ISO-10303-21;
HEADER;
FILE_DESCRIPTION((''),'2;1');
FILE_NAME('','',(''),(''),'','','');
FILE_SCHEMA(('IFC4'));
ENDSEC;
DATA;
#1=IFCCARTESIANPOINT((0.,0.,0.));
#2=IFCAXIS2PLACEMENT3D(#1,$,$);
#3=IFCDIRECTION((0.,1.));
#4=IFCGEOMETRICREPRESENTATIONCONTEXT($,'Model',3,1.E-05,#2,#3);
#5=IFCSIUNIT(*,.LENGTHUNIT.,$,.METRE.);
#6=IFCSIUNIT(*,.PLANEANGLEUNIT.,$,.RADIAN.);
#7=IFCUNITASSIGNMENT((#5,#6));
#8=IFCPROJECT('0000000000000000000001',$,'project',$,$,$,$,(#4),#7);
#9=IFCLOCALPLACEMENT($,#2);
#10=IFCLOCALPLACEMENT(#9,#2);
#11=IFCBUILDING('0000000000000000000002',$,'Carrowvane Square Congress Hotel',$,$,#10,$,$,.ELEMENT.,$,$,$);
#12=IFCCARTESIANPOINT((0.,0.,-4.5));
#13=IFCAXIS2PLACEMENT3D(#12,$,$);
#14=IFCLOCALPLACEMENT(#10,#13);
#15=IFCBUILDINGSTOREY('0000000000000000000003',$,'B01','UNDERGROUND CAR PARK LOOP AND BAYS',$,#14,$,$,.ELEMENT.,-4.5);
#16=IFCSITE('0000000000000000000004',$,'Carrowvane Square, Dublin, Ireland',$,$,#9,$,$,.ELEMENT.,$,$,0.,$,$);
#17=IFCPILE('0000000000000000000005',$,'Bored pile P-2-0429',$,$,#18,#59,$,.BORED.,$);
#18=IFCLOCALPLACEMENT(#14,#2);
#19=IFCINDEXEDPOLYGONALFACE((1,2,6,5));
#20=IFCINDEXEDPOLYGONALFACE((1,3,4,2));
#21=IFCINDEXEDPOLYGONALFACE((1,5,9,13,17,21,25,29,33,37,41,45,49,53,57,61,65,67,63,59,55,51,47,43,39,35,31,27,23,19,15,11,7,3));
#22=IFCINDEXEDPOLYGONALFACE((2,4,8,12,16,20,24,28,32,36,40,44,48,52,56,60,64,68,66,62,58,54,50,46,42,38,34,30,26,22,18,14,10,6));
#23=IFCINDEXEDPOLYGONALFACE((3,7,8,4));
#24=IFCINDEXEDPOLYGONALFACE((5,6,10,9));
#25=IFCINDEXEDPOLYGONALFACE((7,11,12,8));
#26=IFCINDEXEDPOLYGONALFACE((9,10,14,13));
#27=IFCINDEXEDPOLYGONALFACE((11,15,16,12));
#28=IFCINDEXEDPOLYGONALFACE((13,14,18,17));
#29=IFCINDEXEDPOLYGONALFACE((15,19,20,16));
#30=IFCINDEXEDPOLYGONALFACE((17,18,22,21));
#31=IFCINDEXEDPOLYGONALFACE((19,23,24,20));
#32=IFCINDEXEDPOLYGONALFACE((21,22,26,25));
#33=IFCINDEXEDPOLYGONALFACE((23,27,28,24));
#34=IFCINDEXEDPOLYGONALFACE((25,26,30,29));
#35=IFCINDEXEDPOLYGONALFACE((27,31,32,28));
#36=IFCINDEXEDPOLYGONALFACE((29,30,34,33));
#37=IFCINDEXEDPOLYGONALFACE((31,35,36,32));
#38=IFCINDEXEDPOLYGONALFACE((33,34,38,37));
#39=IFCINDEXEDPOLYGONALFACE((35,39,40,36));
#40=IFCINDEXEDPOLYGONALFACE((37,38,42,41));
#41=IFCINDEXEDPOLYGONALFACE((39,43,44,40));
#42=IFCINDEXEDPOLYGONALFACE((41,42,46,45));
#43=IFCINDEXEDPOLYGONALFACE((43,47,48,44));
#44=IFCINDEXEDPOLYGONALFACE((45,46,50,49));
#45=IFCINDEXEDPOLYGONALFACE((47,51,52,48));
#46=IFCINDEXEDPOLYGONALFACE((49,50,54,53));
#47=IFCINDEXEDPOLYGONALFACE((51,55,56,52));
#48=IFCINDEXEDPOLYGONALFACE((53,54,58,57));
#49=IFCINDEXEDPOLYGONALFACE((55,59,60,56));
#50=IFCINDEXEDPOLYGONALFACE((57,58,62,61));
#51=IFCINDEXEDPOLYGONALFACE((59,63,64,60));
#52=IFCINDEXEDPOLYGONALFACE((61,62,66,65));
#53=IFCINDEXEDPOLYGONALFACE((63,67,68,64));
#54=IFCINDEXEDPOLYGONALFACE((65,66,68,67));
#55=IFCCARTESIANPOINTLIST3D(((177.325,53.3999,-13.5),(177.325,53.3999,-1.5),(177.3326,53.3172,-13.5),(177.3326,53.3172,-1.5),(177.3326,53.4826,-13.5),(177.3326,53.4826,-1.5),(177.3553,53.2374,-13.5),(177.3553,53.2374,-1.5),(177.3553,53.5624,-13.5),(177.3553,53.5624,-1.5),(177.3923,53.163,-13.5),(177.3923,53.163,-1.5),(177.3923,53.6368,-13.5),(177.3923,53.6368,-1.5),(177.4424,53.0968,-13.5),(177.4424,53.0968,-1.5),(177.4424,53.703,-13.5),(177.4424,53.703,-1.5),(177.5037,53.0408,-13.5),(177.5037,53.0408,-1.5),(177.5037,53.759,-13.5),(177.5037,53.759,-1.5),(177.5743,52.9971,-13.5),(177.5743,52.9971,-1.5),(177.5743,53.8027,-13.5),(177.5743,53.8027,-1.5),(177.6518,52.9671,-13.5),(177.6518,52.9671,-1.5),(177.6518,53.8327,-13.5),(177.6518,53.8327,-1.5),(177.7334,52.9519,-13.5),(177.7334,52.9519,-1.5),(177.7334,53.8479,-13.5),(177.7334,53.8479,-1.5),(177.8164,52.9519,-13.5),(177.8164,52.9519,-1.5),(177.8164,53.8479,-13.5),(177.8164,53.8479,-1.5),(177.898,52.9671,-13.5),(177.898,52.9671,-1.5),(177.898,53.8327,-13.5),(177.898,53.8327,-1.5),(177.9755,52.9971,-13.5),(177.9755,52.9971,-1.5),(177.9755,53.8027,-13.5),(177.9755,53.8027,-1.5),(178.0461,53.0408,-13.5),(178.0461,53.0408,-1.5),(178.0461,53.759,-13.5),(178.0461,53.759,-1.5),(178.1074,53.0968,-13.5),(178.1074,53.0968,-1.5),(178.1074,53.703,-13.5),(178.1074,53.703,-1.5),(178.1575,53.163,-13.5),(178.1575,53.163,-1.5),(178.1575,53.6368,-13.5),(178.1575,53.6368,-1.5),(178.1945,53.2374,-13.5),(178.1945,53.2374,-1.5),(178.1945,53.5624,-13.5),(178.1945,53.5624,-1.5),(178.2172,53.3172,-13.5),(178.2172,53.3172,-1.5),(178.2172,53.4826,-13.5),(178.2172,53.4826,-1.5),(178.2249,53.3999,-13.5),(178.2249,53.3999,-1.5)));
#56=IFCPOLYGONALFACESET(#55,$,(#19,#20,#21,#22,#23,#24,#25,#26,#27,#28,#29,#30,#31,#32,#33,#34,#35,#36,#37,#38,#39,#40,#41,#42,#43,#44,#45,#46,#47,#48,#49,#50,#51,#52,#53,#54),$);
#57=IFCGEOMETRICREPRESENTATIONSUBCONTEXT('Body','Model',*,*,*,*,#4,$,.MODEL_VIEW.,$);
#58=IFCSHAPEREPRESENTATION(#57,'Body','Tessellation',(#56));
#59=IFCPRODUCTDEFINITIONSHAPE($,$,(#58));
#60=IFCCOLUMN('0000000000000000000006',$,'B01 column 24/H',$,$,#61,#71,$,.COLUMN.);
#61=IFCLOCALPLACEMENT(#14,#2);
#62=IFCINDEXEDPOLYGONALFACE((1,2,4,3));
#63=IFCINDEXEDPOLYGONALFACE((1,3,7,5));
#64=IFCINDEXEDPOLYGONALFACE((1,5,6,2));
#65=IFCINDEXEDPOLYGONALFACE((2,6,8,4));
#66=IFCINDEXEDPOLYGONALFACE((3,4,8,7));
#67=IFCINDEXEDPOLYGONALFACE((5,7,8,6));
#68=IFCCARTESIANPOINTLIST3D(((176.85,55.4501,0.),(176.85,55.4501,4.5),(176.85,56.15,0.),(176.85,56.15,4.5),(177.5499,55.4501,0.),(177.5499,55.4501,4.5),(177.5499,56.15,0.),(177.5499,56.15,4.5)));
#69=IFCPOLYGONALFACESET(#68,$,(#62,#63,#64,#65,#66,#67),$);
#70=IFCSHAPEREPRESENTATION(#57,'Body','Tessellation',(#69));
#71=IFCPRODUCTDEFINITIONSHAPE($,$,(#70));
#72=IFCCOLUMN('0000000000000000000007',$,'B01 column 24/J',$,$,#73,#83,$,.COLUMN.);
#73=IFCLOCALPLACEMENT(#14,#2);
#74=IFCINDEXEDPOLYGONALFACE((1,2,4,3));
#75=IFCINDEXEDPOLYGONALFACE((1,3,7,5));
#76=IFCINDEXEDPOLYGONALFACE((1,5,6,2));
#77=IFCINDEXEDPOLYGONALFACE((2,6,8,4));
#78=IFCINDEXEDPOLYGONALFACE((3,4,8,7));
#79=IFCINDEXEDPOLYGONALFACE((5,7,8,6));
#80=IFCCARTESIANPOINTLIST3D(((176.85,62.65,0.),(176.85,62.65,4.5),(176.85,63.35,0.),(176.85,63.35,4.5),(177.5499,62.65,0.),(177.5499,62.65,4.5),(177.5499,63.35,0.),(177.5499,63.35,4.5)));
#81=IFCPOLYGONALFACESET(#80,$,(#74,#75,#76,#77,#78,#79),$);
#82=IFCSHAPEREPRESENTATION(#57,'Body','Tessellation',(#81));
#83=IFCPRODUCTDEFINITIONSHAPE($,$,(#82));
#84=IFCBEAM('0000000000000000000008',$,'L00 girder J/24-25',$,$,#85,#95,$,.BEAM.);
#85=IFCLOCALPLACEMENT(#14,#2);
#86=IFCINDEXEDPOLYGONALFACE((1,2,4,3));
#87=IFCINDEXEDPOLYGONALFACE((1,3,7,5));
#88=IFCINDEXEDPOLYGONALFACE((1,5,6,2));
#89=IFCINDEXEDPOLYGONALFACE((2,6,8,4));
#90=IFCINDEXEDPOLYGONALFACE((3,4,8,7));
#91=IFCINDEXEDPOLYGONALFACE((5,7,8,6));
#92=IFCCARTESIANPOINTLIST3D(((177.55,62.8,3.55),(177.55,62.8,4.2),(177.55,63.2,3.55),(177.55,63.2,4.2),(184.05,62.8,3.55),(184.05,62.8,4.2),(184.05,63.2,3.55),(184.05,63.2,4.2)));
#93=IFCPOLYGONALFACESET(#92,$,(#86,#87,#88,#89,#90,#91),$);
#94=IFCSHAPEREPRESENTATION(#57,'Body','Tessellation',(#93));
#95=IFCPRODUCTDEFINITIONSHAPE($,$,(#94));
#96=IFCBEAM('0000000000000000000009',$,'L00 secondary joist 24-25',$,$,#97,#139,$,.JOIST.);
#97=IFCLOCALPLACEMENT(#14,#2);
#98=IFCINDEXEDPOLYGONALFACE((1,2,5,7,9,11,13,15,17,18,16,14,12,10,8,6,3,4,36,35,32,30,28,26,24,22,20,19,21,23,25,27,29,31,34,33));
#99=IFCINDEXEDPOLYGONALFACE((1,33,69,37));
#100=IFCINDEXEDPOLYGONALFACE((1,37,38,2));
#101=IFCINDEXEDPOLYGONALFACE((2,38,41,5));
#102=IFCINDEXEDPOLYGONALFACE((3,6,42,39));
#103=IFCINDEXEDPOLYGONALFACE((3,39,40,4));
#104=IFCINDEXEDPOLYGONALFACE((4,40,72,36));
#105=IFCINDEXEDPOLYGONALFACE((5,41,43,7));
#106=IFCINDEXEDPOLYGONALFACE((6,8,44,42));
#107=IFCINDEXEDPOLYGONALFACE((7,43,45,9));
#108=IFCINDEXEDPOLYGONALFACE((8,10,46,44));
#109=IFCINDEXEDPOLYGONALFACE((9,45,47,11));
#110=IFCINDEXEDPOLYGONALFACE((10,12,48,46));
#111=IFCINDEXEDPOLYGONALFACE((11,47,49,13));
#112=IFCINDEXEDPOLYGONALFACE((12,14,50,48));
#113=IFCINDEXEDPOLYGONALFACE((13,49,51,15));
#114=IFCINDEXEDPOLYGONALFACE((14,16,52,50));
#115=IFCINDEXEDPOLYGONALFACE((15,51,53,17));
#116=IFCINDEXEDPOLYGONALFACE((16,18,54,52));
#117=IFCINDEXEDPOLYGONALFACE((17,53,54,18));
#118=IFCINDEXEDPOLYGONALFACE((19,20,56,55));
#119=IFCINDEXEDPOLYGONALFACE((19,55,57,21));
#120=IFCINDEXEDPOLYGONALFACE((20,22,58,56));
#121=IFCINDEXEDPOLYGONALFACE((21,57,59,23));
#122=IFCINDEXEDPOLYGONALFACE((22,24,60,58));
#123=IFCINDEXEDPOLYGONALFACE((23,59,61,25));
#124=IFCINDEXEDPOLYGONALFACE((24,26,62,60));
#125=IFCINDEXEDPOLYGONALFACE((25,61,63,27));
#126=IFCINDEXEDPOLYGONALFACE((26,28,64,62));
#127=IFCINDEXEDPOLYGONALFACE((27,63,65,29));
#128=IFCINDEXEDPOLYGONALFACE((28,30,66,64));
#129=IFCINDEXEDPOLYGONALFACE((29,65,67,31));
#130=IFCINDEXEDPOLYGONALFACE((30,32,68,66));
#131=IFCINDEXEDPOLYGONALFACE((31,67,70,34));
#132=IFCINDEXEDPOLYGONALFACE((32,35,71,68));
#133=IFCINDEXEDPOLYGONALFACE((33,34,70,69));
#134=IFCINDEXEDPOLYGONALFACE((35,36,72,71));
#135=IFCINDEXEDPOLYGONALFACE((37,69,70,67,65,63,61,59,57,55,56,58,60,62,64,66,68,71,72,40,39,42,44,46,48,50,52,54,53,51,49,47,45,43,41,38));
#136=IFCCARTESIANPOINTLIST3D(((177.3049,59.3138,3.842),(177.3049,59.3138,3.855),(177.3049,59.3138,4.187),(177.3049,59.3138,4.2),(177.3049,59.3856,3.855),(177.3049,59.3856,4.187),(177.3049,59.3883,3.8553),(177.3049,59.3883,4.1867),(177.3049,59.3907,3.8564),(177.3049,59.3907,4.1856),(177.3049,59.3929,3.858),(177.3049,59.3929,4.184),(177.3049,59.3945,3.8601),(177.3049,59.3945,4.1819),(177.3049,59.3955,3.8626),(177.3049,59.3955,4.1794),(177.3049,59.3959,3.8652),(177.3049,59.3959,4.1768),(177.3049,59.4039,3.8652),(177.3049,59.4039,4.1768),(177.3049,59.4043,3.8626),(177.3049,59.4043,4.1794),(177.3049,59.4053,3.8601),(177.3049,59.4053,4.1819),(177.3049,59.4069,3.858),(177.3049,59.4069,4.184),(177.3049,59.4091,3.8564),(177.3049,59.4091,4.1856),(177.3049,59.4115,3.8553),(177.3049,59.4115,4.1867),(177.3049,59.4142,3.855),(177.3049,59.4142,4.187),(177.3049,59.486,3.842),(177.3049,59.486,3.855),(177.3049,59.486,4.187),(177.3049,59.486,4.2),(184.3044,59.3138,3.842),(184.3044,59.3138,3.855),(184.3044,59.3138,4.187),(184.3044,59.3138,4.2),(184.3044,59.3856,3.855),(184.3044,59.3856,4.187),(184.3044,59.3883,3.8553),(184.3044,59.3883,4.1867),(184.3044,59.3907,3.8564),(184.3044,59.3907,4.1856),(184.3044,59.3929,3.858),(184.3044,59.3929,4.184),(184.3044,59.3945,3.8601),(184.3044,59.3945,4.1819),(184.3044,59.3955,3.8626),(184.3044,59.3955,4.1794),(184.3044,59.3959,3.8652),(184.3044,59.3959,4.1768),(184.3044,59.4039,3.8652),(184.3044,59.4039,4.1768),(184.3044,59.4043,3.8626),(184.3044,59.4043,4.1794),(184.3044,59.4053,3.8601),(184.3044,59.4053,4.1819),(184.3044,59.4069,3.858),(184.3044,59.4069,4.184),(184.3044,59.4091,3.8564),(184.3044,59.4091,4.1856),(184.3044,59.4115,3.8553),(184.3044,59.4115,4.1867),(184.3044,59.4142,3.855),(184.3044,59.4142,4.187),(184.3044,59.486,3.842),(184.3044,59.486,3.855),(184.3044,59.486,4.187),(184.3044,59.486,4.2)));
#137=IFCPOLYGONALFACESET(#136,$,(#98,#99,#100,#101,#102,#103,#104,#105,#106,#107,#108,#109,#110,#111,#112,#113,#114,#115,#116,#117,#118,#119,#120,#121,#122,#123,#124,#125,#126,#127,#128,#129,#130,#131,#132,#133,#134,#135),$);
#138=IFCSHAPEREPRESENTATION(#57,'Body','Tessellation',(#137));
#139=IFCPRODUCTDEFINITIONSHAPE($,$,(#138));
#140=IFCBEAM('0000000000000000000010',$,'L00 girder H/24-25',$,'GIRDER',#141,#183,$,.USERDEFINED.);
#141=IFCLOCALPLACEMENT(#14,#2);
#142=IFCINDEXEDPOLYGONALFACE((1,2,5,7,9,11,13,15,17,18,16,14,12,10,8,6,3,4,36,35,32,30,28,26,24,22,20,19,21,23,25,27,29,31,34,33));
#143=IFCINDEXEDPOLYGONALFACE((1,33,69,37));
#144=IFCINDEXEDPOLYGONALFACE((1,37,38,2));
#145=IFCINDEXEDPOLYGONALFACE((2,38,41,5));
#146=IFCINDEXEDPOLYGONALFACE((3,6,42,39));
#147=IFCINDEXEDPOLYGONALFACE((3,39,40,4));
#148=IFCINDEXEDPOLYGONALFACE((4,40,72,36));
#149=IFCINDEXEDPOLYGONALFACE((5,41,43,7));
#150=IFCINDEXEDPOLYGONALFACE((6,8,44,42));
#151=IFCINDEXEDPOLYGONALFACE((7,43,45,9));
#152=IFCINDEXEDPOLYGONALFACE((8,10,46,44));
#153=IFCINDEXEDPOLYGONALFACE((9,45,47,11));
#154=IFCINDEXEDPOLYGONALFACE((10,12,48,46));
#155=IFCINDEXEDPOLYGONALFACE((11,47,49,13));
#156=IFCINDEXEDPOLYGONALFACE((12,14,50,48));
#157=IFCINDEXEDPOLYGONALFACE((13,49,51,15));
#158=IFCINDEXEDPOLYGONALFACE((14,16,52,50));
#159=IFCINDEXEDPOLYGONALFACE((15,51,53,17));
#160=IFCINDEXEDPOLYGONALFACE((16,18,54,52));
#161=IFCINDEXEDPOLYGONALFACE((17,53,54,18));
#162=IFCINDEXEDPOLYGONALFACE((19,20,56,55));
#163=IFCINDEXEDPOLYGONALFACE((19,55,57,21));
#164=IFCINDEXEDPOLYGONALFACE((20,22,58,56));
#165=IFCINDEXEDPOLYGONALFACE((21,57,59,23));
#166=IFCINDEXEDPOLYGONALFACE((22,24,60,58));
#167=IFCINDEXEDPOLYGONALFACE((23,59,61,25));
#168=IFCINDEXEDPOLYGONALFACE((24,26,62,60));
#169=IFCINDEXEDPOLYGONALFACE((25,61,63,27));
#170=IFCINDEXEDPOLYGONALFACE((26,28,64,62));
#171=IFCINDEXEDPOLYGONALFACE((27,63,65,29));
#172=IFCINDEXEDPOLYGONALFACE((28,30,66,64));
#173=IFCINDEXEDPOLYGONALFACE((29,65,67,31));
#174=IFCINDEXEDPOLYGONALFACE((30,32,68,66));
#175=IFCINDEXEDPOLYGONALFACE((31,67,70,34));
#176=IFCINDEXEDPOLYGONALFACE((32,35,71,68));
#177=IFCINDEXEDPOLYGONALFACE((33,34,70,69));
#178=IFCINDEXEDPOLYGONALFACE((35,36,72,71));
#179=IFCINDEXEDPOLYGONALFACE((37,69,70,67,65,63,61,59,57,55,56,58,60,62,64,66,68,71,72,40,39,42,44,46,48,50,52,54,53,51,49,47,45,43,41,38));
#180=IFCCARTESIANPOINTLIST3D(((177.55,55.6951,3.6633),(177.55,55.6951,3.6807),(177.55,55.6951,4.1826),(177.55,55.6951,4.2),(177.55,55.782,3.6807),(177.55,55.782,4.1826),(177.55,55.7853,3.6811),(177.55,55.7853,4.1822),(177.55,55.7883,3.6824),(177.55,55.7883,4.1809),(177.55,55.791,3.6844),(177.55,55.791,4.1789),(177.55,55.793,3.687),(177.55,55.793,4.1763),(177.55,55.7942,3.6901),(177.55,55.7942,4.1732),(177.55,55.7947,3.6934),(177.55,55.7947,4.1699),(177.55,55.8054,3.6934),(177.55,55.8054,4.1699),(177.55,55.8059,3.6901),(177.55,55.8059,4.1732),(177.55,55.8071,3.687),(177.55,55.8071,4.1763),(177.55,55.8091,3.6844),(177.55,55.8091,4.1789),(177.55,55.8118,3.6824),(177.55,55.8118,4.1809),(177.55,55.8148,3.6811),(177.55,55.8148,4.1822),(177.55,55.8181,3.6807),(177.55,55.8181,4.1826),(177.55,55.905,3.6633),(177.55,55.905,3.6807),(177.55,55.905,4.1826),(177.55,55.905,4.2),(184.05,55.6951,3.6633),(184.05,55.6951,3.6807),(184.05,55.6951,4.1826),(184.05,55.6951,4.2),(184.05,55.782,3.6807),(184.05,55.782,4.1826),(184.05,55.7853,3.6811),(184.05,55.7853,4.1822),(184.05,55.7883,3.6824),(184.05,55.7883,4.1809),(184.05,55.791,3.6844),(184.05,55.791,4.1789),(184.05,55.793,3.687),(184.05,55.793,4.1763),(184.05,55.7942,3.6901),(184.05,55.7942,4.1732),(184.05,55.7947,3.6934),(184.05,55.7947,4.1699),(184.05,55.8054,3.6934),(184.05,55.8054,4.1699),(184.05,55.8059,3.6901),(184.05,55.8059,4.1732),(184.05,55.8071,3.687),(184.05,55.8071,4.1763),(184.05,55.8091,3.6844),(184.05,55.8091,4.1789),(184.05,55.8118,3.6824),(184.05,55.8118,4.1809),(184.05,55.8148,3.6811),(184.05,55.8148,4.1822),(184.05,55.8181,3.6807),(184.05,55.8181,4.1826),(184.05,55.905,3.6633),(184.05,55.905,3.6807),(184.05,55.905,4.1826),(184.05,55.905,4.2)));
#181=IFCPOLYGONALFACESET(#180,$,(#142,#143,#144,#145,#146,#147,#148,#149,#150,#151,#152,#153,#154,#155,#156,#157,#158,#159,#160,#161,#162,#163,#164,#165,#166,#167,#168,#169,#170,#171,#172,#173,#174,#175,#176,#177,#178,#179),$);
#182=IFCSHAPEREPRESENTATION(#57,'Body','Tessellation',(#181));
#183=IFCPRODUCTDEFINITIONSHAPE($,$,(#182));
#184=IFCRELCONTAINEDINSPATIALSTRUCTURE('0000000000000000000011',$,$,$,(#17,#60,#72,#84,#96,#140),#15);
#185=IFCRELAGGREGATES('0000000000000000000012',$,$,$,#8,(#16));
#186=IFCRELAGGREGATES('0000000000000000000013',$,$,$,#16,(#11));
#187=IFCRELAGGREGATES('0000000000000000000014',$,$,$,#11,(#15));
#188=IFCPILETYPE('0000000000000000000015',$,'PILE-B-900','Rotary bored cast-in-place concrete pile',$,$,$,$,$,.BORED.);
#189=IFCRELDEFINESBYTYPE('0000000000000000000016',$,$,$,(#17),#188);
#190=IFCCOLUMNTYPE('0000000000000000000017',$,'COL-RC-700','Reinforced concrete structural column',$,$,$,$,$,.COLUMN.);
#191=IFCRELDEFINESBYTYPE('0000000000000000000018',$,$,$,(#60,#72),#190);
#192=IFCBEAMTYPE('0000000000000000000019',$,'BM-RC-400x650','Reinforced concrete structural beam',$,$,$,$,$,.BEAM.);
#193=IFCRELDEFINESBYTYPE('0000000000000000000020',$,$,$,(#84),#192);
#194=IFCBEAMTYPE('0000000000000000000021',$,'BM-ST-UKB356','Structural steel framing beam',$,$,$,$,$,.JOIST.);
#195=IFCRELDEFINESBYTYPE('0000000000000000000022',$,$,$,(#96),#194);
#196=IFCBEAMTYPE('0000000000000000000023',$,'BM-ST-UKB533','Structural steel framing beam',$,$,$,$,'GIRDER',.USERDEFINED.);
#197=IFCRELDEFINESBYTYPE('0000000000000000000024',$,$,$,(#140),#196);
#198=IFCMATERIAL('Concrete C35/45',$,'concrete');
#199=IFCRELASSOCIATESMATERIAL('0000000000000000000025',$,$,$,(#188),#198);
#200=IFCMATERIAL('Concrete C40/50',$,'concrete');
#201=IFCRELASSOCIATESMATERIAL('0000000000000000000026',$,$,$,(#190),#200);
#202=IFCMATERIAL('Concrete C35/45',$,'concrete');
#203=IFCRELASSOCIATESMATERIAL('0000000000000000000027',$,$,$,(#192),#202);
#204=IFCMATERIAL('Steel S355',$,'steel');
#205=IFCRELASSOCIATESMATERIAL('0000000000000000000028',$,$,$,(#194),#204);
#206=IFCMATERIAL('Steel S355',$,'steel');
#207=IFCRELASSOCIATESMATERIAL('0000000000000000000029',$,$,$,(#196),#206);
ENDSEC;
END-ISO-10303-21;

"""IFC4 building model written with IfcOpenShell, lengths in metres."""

from ifc_helpers import new_model, si_unit, direction, frame, origin, origin_2d, place, context, subcontext, project, spatial, rectangle, circle, i_section, extrude, material, material_profile, profile_set, type_object, element, save


model = new_model("IFC4")

# Units and contexts
model_context = context("Model", 3, precision=1e-05, world=origin(), true_north=direction((0.0, 1.0)))
body_context = subcontext(model_context, "Body", "Model", "MODEL_VIEW")
ifc_project = project(units=[si_unit("LENGTHUNIT", "METRE"), si_unit("PLANEANGLEUNIT", "RADIAN")], contexts=[model_context])

# Site, building, storey
site_placement = place(None, origin())
site = spatial("IfcSite", under=ifc_project, at=site_placement, Name="Carrowvane Square, Dublin, Ireland", CompositionType="ELEMENT", RefElevation=0.0)
building_placement = place(site_placement, origin())
building = spatial("IfcBuilding", under=site, at=building_placement, Name="Carrowvane Square Congress Hotel", CompositionType="ELEMENT")
storey_placement = place(building_placement, frame((0.0, 0.0, -4.5)))
storey = spatial("IfcBuildingStorey", under=building, at=storey_placement, Name="B01", Description="UNDERGROUND CAR PARK LOOP AND BAYS", CompositionType="ELEMENT", Elevation=-4.5)

# Pile
ifc_material_1 = material(Name="Concrete C35/45", Category="concrete")
ifc_material_profile_1 = material_profile(ifc_material_1, circle(Radius=0.45, at=origin_2d()), Name="PILE D900")
ifc_profile_set_1 = profile_set([ifc_material_profile_1], Name="Concrete C35/45")
pile_type_1 = type_object("IfcPileType", Name="PILE-B-900", Description="Rotary bored cast-in-place concrete pile", PredefinedType="BORED", material=ifc_profile_set_1)
for number, where, z_axis, x_axis, name in (
    (1, (177.7749, 53.3999, -1.5), (0.0, 0.0, -1.0), (1.0, 0.0, 0.0), "Bored pile P-2-0429"),
):
    element("IfcPile", number, at=place(storey_placement, frame(where, z_axis=z_axis, x_axis=x_axis)), inside=storey, type_object=pile_type_1, Name=name, PredefinedType="BORED", context=body_context, shape_type="SweptSolid", body=[
        extrude(circle(Radius=0.45, at=origin_2d()), origin(), (0.0, 0.0, 1.0), 12.0),
    ])

# Columns
ifc_material_2 = material(Name="Concrete C40/50", Category="concrete")
ifc_material_profile_2 = material_profile(ifc_material_2, rectangle(XDim=0.7, YDim=0.7, at=origin_2d()), Name="RC 700x700")
ifc_profile_set_2 = profile_set([ifc_material_profile_2], Name="Concrete C40/50")
column_type = type_object("IfcColumnType", Name="COL-RC-700", Description="Reinforced concrete structural column", PredefinedType="COLUMN", material=ifc_profile_set_2)
for number, where, z_axis, x_axis, name in (
    (2, (177.2, 55.8, 0.0), (0.0, 0.0, 1.0), (1.0, 0.0, 0.0), "B01 column 24/H"),
    (3, (177.2, 63.0, 0.0), (0.0, 0.0, 1.0), (1.0, 0.0, 0.0), "B01 column 24/J"),
):
    element("IfcColumn", number, at=place(storey_placement, frame(where, z_axis=z_axis, x_axis=x_axis)), inside=storey, type_object=column_type, Name=name, PredefinedType="COLUMN", context=body_context, shape_type="SweptSolid", body=[
        extrude(rectangle(XDim=0.7, YDim=0.7, at=origin_2d()), origin(), (0.0, 0.0, 1.0), 4.5),
    ])

# Beams
ifc_material_3 = material(Name="Concrete C35/45", Category="concrete")
ifc_material_profile_3 = material_profile(ifc_material_3, rectangle(XDim=0.3999, YDim=0.6499, at=origin_2d()), Name="RC 400x650")
ifc_profile_set_3 = profile_set([ifc_material_profile_3], Name="Concrete C35/45")
beam_type_1 = type_object("IfcBeamType", Name="BM-RC-400x650", Description="Reinforced concrete structural beam", PredefinedType="BEAM", material=ifc_profile_set_3)
beam_1_placement = place(storey_placement, frame((177.55, 63.0, 3.875), z_axis=(1.0, 0.0, 0.0), x_axis=(0.0, 1.0, 0.0)))
element("IfcBeam", 4, at=beam_1_placement, inside=storey, type_object=beam_type_1, Name="L00 girder J/24-25", PredefinedType="BEAM", context=body_context, shape_type="SweptSolid", body=[
    extrude(rectangle(XDim=0.3999, YDim=0.6499, at=origin_2d()), origin(), (0.0, 0.0, 1.0), 6.5),
])
ifc_material_4 = material(Name="Steel S355", Category="steel")
ifc_material_profile_4 = material_profile(ifc_material_4, i_section(OverallWidth=0.1721, OverallDepth=0.3579, WebThickness=0.0081, FlangeThickness=0.0129, FilletRadius=0.0103, at=origin_2d()), Name="UKB 356x171x57")
ifc_profile_set_4 = profile_set([ifc_material_profile_4], Name="Steel S355")
beam_type_2 = type_object("IfcBeamType", Name="BM-ST-UKB356", Description="Structural steel framing beam", PredefinedType="JOIST", material=ifc_profile_set_4)
beam_2_placement = place(storey_placement, frame((177.3049, 59.3999, 4.021), z_axis=(1.0, 0.0, 0.0), x_axis=(0.0, 1.0, 0.0)))
element("IfcBeam", 5, at=beam_2_placement, inside=storey, type_object=beam_type_2, Name="L00 secondary joist 24-25", PredefinedType="JOIST", context=body_context, shape_type="SweptSolid", body=[
    extrude(i_section(OverallWidth=0.1721, OverallDepth=0.3579, WebThickness=0.0081, FlangeThickness=0.0129, FilletRadius=0.0103, at=origin_2d()), origin(), (0.0, 0.0, 1.0), 6.9995),
])
ifc_material_5 = material(Name="Steel S355", Category="steel")
ifc_material_profile_5 = material_profile(ifc_material_5, i_section(OverallWidth=0.21, OverallDepth=0.5366, WebThickness=0.0107, FlangeThickness=0.0173, FilletRadius=0.0127, at=origin_2d()), Name="UKB 533x210x101")
ifc_profile_set_5 = profile_set([ifc_material_profile_5], Name="Steel S355")
beam_type_3 = type_object("IfcBeamType", Name="BM-ST-UKB533", Description="Structural steel framing beam", ElementType="GIRDER", PredefinedType="USERDEFINED", material=ifc_profile_set_5)
for number, where, z_axis, x_axis, name in (
    (6, (177.55, 55.8, 3.9316), (1.0, 0.0, 0.0), (0.0, 1.0, 0.0), "L00 girder H/24-25"),
):
    element("IfcBeam", number, at=place(storey_placement, frame(where, z_axis=z_axis, x_axis=x_axis)), inside=storey, type_object=beam_type_3, Name=name, ObjectType="GIRDER", PredefinedType="USERDEFINED", context=body_context, shape_type="SweptSolid", body=[
        extrude(i_section(OverallWidth=0.21, OverallDepth=0.5366, WebThickness=0.0107, FlangeThickness=0.0173, FilletRadius=0.0127, at=origin_2d()), origin(), (0.0, 0.0, 1.0), 6.5),
    ])

save(model, "model.ifc")
